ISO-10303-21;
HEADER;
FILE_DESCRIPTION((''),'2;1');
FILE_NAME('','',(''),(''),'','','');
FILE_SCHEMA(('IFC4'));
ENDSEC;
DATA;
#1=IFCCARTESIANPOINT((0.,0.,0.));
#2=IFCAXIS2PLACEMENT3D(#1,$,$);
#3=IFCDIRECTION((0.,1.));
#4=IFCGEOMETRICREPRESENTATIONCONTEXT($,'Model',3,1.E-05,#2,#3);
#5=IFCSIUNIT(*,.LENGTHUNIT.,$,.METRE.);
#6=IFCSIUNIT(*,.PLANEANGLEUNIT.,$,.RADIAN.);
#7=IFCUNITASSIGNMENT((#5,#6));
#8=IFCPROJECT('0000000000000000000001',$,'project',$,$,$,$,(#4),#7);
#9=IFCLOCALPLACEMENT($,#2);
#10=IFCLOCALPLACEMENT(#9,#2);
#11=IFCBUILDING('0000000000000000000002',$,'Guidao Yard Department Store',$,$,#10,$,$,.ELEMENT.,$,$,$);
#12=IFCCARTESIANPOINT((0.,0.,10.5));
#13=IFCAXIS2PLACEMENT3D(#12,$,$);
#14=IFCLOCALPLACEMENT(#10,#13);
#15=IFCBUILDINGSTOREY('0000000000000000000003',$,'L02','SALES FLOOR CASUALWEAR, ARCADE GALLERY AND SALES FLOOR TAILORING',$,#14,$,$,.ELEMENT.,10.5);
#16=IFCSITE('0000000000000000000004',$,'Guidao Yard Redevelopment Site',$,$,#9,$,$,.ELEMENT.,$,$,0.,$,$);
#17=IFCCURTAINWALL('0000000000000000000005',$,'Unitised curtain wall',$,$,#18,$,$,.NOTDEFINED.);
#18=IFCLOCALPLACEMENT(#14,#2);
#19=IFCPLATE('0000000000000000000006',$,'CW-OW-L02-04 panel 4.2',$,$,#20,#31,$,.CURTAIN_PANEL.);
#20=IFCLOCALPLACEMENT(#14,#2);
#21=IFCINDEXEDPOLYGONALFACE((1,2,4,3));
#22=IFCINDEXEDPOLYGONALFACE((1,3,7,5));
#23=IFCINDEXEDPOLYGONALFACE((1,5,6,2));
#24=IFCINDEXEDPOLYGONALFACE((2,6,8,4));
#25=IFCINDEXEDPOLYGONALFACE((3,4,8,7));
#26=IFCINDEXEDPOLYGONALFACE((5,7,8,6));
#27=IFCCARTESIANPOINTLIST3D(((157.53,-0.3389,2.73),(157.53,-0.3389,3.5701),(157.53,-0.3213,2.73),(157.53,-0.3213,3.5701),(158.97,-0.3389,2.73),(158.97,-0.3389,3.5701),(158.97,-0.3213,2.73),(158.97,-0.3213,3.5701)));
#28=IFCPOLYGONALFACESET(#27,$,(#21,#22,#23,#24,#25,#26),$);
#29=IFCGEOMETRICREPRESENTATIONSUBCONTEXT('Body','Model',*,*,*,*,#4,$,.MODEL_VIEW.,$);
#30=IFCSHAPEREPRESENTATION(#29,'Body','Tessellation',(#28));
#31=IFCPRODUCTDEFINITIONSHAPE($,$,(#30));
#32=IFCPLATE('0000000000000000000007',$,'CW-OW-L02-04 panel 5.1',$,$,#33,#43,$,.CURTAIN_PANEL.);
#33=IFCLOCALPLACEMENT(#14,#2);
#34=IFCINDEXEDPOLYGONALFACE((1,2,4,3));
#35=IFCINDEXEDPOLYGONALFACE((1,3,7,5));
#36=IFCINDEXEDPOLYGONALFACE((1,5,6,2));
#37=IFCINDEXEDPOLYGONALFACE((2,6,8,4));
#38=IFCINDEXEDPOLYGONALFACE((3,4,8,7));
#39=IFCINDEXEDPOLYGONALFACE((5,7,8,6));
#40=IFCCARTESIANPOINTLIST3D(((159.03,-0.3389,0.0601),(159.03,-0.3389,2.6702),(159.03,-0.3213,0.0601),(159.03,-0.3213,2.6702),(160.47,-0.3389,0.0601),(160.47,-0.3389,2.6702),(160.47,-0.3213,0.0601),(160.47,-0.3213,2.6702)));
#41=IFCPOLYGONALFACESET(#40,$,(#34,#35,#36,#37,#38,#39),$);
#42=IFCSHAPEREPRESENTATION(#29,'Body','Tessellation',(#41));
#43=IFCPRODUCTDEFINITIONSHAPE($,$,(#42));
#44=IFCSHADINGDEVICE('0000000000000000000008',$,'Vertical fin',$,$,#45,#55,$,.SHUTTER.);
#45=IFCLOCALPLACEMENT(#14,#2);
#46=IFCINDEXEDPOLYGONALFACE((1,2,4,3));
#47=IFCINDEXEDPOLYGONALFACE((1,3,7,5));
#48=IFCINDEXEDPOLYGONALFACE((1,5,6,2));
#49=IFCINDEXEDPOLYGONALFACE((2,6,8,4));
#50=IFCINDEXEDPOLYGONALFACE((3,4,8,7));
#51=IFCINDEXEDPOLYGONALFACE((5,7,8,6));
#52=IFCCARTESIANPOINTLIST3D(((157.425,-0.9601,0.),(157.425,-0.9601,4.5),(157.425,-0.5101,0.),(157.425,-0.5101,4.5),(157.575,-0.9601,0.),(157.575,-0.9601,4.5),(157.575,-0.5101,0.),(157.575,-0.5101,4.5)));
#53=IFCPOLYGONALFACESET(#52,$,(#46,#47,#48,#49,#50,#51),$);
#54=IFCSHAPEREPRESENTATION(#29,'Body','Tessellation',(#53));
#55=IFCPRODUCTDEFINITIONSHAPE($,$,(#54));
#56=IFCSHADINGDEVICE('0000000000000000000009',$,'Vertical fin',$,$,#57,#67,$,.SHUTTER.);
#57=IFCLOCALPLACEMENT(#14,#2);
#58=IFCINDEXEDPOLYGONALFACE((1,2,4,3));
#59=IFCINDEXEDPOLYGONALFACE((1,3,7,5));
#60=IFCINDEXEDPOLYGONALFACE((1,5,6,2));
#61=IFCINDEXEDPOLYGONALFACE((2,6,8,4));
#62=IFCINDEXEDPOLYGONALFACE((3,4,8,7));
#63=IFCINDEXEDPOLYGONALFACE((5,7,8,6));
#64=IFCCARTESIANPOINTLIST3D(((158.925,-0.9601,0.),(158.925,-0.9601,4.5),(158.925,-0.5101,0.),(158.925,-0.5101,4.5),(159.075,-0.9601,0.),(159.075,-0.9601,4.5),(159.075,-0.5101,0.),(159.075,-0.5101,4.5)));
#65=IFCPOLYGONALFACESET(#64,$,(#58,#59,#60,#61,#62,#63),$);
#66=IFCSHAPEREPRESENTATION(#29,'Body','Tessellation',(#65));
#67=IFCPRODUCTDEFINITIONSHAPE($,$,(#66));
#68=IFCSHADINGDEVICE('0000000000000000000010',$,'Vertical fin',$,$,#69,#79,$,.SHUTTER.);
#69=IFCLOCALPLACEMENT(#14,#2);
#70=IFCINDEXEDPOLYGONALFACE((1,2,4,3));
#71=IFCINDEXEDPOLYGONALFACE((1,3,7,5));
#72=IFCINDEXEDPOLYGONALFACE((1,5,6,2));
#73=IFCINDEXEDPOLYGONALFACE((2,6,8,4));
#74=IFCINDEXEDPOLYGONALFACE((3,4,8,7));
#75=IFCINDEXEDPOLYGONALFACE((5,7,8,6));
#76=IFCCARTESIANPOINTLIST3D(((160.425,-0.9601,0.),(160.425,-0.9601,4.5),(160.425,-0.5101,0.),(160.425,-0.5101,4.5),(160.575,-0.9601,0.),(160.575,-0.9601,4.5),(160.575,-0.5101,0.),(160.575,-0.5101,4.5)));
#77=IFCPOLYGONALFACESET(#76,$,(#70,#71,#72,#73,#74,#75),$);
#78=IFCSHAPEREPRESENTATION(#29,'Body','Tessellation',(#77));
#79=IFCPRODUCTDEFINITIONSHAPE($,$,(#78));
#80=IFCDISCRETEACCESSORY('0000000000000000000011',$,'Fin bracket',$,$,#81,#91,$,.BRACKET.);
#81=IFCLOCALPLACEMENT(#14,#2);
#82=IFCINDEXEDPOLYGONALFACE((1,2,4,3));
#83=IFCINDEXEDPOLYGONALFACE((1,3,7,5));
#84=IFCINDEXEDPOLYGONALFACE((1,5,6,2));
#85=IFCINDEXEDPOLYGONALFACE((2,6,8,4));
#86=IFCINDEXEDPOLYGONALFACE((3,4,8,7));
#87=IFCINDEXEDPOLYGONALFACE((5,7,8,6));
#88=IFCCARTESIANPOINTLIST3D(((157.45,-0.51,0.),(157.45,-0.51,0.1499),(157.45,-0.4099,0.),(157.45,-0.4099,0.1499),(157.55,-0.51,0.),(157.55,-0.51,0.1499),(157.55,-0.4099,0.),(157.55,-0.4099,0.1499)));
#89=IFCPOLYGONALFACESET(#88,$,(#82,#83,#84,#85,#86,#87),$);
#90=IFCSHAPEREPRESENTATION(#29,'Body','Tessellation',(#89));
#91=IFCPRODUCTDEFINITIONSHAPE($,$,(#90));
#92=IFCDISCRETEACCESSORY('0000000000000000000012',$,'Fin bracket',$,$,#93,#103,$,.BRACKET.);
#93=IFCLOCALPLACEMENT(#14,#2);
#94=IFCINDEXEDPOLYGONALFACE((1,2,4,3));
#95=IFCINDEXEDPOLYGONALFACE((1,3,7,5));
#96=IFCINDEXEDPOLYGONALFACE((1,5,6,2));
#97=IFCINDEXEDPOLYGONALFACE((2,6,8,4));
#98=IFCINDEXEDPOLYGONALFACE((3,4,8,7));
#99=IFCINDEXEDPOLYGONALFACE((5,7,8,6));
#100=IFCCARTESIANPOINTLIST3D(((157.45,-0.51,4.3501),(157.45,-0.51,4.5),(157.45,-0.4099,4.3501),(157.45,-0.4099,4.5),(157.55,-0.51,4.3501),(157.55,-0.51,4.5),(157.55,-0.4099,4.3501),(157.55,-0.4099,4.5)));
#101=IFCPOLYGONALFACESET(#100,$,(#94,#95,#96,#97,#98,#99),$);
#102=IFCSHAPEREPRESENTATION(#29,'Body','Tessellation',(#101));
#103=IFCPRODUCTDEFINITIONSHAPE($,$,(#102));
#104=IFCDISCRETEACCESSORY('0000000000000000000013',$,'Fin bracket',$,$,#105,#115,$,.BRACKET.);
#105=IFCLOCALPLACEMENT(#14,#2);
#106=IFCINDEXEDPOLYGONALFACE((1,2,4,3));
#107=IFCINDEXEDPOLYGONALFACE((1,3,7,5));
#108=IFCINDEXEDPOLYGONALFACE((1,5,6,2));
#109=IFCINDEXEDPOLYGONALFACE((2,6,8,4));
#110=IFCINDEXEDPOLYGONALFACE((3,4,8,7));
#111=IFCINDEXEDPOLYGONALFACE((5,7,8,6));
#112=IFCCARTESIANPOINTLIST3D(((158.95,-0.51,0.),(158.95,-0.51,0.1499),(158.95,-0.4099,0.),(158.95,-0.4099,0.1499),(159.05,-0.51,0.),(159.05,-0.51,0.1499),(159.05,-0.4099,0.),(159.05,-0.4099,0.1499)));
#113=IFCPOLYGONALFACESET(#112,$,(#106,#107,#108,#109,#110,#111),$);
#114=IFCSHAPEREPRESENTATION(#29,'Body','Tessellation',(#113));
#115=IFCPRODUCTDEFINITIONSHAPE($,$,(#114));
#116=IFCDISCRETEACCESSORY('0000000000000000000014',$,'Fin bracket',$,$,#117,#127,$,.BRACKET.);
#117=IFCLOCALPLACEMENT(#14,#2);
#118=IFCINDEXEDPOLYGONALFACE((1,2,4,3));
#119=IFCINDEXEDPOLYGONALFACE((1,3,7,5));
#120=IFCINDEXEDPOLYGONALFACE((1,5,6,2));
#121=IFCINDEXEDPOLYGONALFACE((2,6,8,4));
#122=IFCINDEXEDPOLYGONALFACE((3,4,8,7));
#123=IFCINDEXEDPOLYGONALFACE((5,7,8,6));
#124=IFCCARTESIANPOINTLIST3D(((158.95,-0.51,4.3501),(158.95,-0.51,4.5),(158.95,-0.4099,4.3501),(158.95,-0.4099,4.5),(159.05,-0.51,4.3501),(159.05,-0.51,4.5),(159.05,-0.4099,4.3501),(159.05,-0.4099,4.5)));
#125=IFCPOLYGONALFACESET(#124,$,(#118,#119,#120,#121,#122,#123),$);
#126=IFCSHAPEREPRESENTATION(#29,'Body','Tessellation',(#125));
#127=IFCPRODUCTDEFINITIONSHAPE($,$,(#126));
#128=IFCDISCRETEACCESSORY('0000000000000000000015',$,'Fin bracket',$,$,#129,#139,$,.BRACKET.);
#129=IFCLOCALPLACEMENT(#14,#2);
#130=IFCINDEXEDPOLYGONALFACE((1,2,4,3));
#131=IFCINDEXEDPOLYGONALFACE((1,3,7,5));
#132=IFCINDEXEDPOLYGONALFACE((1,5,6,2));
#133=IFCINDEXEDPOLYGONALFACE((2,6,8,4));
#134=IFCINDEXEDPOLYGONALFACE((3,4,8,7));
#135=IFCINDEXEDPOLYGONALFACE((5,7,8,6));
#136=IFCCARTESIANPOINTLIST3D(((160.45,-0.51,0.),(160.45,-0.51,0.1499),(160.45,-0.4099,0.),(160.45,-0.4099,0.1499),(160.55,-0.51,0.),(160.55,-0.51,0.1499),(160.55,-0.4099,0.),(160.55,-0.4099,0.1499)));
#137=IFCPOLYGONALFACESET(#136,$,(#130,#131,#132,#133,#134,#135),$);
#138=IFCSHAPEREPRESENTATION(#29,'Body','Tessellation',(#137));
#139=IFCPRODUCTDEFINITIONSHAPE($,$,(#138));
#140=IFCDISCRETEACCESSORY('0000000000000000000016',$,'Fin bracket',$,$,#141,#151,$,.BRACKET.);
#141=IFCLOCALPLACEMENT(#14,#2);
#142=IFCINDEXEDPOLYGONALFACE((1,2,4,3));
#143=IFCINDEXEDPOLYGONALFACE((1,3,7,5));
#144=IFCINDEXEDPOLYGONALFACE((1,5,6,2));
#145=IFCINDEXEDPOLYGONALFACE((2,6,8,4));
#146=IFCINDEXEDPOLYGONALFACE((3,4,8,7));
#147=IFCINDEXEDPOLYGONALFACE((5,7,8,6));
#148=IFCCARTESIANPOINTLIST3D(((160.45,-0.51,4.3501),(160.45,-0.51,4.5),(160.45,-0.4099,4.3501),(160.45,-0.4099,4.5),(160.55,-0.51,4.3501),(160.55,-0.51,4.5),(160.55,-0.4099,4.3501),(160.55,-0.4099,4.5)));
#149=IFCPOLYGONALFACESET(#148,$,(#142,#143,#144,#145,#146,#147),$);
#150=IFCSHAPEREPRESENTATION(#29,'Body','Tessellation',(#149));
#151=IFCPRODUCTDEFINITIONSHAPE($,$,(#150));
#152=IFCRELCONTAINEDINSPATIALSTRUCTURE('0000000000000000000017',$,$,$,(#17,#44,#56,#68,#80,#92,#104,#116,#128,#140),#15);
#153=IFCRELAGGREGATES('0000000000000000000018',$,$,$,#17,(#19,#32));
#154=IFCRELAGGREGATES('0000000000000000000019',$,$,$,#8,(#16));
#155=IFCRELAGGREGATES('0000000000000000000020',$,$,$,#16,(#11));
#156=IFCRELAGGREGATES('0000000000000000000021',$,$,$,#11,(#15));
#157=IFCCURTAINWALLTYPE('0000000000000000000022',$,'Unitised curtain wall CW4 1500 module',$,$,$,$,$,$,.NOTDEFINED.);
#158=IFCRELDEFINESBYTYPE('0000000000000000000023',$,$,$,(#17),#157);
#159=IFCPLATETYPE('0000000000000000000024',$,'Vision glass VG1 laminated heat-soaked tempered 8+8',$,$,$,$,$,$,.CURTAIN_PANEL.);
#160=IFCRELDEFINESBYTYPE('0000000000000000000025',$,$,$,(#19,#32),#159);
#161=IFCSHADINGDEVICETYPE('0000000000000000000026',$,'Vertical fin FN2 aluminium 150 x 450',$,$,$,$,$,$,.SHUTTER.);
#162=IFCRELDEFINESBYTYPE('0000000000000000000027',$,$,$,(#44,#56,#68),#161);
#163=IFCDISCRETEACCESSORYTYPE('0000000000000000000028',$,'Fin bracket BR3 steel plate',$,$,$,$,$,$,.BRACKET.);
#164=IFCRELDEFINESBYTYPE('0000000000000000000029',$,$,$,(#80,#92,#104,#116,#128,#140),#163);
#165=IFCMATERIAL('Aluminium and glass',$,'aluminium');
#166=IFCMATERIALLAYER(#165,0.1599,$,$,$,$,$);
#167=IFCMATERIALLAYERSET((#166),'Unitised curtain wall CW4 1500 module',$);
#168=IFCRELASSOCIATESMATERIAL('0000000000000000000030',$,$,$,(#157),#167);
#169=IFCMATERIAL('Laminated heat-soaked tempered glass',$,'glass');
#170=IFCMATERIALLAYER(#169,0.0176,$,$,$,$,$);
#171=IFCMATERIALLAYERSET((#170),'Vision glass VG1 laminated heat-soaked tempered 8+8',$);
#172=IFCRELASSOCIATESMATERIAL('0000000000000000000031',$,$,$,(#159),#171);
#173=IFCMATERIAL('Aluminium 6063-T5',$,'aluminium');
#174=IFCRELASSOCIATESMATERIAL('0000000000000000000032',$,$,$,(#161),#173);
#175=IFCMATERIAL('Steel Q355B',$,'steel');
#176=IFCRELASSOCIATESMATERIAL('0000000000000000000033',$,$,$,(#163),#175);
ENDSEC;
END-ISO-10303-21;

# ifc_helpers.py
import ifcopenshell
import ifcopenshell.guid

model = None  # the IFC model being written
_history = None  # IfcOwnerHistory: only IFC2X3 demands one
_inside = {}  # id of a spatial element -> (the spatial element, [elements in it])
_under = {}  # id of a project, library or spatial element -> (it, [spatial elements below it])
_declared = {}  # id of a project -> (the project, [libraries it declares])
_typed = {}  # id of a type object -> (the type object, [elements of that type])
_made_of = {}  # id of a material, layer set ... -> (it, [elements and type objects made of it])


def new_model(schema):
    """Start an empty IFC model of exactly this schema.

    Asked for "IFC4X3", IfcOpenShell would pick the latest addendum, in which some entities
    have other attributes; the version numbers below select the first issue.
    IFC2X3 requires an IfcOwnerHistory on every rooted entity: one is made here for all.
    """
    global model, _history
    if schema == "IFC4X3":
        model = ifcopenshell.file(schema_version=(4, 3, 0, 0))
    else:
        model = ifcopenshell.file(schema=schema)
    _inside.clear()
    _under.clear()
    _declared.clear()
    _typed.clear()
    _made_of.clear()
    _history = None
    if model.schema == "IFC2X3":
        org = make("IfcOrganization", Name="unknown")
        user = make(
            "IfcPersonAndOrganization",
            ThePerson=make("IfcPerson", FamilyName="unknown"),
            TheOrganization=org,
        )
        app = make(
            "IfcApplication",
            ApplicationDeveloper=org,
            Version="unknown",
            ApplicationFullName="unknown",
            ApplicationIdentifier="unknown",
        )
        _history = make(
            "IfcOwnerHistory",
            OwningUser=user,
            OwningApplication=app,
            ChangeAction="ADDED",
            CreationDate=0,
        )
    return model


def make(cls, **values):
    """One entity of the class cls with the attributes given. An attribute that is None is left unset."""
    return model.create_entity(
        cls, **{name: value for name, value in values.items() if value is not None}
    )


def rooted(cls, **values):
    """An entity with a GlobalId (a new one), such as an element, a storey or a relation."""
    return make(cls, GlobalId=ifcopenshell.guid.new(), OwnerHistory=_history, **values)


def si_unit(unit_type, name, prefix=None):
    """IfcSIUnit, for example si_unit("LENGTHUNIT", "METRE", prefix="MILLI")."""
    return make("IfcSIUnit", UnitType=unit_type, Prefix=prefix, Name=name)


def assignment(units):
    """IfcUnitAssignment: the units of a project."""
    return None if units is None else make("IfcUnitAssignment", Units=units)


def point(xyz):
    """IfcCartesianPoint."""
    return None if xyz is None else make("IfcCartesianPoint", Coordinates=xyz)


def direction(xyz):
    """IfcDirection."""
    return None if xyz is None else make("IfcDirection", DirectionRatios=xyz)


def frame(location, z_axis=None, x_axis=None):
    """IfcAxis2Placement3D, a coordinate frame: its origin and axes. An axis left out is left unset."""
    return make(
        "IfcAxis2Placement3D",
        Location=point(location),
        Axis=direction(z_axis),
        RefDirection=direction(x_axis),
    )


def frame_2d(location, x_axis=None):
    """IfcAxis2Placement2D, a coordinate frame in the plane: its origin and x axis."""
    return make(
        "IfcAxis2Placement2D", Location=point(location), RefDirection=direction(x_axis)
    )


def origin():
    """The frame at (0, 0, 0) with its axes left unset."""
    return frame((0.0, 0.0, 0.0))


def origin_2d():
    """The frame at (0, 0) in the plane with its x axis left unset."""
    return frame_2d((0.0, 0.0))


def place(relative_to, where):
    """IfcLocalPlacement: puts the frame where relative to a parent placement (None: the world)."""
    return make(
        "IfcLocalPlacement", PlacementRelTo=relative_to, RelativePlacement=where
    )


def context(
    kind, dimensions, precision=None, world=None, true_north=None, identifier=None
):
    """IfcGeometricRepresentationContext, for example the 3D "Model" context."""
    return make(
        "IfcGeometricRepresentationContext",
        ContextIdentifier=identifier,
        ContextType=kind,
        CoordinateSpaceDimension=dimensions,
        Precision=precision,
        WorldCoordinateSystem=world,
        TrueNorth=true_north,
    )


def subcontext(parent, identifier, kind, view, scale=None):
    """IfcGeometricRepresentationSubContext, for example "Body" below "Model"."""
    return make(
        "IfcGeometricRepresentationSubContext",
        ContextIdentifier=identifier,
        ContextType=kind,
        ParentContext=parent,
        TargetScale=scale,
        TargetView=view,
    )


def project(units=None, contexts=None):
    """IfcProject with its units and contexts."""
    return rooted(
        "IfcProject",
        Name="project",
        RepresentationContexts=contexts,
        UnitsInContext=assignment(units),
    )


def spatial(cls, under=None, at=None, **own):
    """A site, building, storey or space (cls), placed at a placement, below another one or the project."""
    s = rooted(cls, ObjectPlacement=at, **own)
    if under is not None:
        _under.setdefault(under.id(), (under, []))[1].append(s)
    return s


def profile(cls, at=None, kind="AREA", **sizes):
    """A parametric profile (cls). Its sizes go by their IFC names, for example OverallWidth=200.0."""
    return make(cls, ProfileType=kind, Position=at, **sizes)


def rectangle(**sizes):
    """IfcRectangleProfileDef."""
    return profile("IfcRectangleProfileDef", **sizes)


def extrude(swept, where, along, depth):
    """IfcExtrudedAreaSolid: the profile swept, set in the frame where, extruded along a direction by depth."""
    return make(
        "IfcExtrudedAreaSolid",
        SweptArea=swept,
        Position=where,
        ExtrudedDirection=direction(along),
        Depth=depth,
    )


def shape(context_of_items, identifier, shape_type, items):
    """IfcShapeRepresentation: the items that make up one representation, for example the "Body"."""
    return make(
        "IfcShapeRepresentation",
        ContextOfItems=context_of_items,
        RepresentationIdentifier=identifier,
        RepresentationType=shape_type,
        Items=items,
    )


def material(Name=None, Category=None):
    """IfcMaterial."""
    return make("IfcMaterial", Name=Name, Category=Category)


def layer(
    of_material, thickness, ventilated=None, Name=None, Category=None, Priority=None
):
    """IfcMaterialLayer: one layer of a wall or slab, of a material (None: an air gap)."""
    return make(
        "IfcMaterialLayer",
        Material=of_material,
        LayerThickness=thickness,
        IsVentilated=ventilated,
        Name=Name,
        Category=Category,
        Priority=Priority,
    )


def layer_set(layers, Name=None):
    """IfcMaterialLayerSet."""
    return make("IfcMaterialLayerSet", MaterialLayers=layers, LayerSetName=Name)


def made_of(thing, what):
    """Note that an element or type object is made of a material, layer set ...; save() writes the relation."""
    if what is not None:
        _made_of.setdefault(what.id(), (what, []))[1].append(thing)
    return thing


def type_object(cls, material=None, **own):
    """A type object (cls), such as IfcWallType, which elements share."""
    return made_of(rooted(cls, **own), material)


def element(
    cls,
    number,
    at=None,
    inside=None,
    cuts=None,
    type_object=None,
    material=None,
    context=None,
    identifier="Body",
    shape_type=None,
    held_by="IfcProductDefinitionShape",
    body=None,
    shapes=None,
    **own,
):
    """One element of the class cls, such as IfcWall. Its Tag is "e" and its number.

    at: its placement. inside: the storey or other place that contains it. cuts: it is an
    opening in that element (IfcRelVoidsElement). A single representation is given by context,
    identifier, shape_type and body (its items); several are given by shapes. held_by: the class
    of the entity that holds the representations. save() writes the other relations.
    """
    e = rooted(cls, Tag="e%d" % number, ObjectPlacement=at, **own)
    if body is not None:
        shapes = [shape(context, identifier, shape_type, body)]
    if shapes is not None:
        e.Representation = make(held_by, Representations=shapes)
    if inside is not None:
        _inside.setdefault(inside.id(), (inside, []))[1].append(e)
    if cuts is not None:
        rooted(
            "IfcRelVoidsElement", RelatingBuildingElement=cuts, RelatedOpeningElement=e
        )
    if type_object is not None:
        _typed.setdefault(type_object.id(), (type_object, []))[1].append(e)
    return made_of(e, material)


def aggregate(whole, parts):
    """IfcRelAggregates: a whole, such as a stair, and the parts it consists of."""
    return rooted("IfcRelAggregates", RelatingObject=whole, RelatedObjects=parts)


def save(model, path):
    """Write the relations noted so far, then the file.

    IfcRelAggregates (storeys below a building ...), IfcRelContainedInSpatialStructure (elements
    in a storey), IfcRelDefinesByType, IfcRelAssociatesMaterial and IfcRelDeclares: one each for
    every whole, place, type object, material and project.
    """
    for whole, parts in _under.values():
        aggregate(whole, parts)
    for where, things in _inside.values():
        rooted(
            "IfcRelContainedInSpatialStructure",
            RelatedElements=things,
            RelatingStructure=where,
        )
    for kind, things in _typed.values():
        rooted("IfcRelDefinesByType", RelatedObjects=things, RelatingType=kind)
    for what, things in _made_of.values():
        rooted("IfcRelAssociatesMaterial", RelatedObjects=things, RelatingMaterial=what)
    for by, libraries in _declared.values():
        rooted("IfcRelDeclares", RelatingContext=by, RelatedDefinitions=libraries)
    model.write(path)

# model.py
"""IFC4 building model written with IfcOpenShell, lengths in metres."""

from ifc_helpers import new_model, si_unit, direction, frame, origin, origin_2d, place, context, subcontext, project, spatial, rectangle, extrude, material, layer, layer_set, type_object, element, aggregate, save


model = new_model("IFC4")

# Units and contexts
model_context = context("Model", 3, precision=1e-05, world=origin(), true_north=direction((0.0, 1.0)))
body_context = subcontext(model_context, "Body", "Model", "MODEL_VIEW")
ifc_project = project(units=[si_unit("LENGTHUNIT", "METRE"), si_unit("PLANEANGLEUNIT", "RADIAN")], contexts=[model_context])

# Site, building, storey
site_placement = place(None, origin())
site = spatial("IfcSite", under=ifc_project, at=site_placement, Name="Guidao Yard Redevelopment Site", CompositionType="ELEMENT", RefElevation=0.0)
building_placement = place(site_placement, origin())
building = spatial("IfcBuilding", under=site, at=building_placement, Name="Guidao Yard Department Store", CompositionType="ELEMENT")
storey_placement = place(building_placement, frame((0.0, 0.0, 10.5)))
storey = spatial("IfcBuildingStorey", under=building, at=storey_placement, Name="L02", Description="SALES FLOOR CASUALWEAR, ARCADE GALLERY AND SALES FLOOR TAILORING", CompositionType="ELEMENT", Elevation=10.5)

# Curtain wall, plates
ifc_material_1 = material(Name="Aluminium and glass", Category="aluminium")
ifc_layer_1 = layer(ifc_material_1, 0.1599)
ifc_layer_set_1 = layer_set([ifc_layer_1], Name="Unitised curtain wall CW4 1500 module")
curtain_wall_type = type_object("IfcCurtainWallType", Name="Unitised curtain wall CW4 1500 module", PredefinedType="NOTDEFINED", material=ifc_layer_set_1)
curtain_wall_placement = place(storey_placement, origin())
curtain_wall = element("IfcCurtainWall", 1, at=curtain_wall_placement, inside=storey, type_object=curtain_wall_type, Name="Unitised curtain wall", PredefinedType="NOTDEFINED")
ifc_material_2 = material(Name="Laminated heat-soaked tempered glass", Category="glass")
ifc_layer_2 = layer(ifc_material_2, 0.0176)
ifc_layer_set_2 = layer_set([ifc_layer_2], Name="Vision glass VG1 laminated heat-soaked tempered 8+8")
plate_type_1 = type_object("IfcPlateType", Name="Vision glass VG1 laminated heat-soaked tempered 8+8", PredefinedType="CURTAIN_PANEL", material=ifc_layer_set_2)
plate_1_placement = place(storey_placement, frame((158.25, -0.3301, 2.73), z_axis=(0.0, 0.0, 1.0), x_axis=(-1.0, 0.0, 0.0)))
plate_1 = element("IfcPlate", 2, at=plate_1_placement, type_object=plate_type_1, Name="CW-OW-L02-04 panel 4.2", PredefinedType="CURTAIN_PANEL", context=body_context, shape_type="SweptSolid", body=[
    extrude(rectangle(XDim=1.4399, YDim=0.0176, at=origin_2d()), origin(), (0.0, 0.0, 1.0), 0.8401),
])
plate_2_placement = place(storey_placement, frame((159.75, -0.3301, 0.0601), z_axis=(0.0, 0.0, 1.0), x_axis=(-1.0, 0.0, 0.0)))
plate_2 = element("IfcPlate", 3, at=plate_2_placement, type_object=plate_type_1, Name="CW-OW-L02-04 panel 5.1", PredefinedType="CURTAIN_PANEL", context=body_context, shape_type="SweptSolid", body=[
    extrude(rectangle(XDim=1.4399, YDim=0.0176, at=origin_2d()), origin(), (0.0, 0.0, 1.0), 2.6101),
])
aggregate(curtain_wall, [plate_1, plate_2])

# Shading devices
ifc_material_3 = material(Name="Aluminium 6063-T5", Category="aluminium")
shading_device_type = type_object("IfcShadingDeviceType", Name="Vertical fin FN2 aluminium 150 x 450", PredefinedType="SHUTTER", material=ifc_material_3)
for number, where, z_axis, x_axis, name in (
    (4, (157.5, -0.7351, 0.0), (0.0, 0.0, 1.0), (-1.0, 0.0, 0.0), "Vertical fin"),
    (5, (159.0, -0.7351, 0.0), (0.0, 0.0, 1.0), (-1.0, 0.0, 0.0), "Vertical fin"),
    (6, (160.5, -0.7351, 0.0), (0.0, 0.0, 1.0), (-1.0, 0.0, 0.0), "Vertical fin"),
):
    element("IfcShadingDevice", number, at=place(storey_placement, frame(where, z_axis=z_axis, x_axis=x_axis)), inside=storey, type_object=shading_device_type, Name=name, PredefinedType="SHUTTER", context=body_context, shape_type="SweptSolid", body=[
        extrude(rectangle(XDim=0.1499, YDim=0.45, at=origin_2d()), origin(), (0.0, 0.0, 1.0), 4.5),
    ])

# Discrete accessories
ifc_material_4 = material(Name="Steel Q355B", Category="steel")
discrete_accessory_type = type_object("IfcDiscreteAccessoryType", Name="Fin bracket BR3 steel plate", PredefinedType="BRACKET", material=ifc_material_4)
for number, where, z_axis, x_axis, name in (
    (7, (157.5, -0.46, 0.0), (0.0, 0.0, 1.0), (-1.0, 0.0, 0.0), "Fin bracket"),
    (8, (157.5, -0.46, 4.3501), (0.0, 0.0, 1.0), (-1.0, 0.0, 0.0), "Fin bracket"),
    (9, (159.0, -0.46, 0.0), (0.0, 0.0, 1.0), (-1.0, 0.0, 0.0), "Fin bracket"),
    (10, (159.0, -0.46, 4.3501), (0.0, 0.0, 1.0), (-1.0, 0.0, 0.0), "Fin bracket"),
    (11, (160.5, -0.46, 0.0), (0.0, 0.0, 1.0), (-1.0, 0.0, 0.0), "Fin bracket"),
    (12, (160.5, -0.46, 4.3501), (0.0, 0.0, 1.0), (-1.0, 0.0, 0.0), "Fin bracket"),
):
    element("IfcDiscreteAccessory", number, at=place(storey_placement, frame(where, z_axis=z_axis, x_axis=x_axis)), inside=storey, type_object=discrete_accessory_type, Name=name, PredefinedType="BRACKET", context=body_context, shape_type="SweptSolid", body=[
        extrude(rectangle(XDim=0.1001, YDim=0.1001, at=origin_2d()), origin(), (0.0, 0.0, 1.0), 0.1499),
    ])

save(model, "model.ifc")
